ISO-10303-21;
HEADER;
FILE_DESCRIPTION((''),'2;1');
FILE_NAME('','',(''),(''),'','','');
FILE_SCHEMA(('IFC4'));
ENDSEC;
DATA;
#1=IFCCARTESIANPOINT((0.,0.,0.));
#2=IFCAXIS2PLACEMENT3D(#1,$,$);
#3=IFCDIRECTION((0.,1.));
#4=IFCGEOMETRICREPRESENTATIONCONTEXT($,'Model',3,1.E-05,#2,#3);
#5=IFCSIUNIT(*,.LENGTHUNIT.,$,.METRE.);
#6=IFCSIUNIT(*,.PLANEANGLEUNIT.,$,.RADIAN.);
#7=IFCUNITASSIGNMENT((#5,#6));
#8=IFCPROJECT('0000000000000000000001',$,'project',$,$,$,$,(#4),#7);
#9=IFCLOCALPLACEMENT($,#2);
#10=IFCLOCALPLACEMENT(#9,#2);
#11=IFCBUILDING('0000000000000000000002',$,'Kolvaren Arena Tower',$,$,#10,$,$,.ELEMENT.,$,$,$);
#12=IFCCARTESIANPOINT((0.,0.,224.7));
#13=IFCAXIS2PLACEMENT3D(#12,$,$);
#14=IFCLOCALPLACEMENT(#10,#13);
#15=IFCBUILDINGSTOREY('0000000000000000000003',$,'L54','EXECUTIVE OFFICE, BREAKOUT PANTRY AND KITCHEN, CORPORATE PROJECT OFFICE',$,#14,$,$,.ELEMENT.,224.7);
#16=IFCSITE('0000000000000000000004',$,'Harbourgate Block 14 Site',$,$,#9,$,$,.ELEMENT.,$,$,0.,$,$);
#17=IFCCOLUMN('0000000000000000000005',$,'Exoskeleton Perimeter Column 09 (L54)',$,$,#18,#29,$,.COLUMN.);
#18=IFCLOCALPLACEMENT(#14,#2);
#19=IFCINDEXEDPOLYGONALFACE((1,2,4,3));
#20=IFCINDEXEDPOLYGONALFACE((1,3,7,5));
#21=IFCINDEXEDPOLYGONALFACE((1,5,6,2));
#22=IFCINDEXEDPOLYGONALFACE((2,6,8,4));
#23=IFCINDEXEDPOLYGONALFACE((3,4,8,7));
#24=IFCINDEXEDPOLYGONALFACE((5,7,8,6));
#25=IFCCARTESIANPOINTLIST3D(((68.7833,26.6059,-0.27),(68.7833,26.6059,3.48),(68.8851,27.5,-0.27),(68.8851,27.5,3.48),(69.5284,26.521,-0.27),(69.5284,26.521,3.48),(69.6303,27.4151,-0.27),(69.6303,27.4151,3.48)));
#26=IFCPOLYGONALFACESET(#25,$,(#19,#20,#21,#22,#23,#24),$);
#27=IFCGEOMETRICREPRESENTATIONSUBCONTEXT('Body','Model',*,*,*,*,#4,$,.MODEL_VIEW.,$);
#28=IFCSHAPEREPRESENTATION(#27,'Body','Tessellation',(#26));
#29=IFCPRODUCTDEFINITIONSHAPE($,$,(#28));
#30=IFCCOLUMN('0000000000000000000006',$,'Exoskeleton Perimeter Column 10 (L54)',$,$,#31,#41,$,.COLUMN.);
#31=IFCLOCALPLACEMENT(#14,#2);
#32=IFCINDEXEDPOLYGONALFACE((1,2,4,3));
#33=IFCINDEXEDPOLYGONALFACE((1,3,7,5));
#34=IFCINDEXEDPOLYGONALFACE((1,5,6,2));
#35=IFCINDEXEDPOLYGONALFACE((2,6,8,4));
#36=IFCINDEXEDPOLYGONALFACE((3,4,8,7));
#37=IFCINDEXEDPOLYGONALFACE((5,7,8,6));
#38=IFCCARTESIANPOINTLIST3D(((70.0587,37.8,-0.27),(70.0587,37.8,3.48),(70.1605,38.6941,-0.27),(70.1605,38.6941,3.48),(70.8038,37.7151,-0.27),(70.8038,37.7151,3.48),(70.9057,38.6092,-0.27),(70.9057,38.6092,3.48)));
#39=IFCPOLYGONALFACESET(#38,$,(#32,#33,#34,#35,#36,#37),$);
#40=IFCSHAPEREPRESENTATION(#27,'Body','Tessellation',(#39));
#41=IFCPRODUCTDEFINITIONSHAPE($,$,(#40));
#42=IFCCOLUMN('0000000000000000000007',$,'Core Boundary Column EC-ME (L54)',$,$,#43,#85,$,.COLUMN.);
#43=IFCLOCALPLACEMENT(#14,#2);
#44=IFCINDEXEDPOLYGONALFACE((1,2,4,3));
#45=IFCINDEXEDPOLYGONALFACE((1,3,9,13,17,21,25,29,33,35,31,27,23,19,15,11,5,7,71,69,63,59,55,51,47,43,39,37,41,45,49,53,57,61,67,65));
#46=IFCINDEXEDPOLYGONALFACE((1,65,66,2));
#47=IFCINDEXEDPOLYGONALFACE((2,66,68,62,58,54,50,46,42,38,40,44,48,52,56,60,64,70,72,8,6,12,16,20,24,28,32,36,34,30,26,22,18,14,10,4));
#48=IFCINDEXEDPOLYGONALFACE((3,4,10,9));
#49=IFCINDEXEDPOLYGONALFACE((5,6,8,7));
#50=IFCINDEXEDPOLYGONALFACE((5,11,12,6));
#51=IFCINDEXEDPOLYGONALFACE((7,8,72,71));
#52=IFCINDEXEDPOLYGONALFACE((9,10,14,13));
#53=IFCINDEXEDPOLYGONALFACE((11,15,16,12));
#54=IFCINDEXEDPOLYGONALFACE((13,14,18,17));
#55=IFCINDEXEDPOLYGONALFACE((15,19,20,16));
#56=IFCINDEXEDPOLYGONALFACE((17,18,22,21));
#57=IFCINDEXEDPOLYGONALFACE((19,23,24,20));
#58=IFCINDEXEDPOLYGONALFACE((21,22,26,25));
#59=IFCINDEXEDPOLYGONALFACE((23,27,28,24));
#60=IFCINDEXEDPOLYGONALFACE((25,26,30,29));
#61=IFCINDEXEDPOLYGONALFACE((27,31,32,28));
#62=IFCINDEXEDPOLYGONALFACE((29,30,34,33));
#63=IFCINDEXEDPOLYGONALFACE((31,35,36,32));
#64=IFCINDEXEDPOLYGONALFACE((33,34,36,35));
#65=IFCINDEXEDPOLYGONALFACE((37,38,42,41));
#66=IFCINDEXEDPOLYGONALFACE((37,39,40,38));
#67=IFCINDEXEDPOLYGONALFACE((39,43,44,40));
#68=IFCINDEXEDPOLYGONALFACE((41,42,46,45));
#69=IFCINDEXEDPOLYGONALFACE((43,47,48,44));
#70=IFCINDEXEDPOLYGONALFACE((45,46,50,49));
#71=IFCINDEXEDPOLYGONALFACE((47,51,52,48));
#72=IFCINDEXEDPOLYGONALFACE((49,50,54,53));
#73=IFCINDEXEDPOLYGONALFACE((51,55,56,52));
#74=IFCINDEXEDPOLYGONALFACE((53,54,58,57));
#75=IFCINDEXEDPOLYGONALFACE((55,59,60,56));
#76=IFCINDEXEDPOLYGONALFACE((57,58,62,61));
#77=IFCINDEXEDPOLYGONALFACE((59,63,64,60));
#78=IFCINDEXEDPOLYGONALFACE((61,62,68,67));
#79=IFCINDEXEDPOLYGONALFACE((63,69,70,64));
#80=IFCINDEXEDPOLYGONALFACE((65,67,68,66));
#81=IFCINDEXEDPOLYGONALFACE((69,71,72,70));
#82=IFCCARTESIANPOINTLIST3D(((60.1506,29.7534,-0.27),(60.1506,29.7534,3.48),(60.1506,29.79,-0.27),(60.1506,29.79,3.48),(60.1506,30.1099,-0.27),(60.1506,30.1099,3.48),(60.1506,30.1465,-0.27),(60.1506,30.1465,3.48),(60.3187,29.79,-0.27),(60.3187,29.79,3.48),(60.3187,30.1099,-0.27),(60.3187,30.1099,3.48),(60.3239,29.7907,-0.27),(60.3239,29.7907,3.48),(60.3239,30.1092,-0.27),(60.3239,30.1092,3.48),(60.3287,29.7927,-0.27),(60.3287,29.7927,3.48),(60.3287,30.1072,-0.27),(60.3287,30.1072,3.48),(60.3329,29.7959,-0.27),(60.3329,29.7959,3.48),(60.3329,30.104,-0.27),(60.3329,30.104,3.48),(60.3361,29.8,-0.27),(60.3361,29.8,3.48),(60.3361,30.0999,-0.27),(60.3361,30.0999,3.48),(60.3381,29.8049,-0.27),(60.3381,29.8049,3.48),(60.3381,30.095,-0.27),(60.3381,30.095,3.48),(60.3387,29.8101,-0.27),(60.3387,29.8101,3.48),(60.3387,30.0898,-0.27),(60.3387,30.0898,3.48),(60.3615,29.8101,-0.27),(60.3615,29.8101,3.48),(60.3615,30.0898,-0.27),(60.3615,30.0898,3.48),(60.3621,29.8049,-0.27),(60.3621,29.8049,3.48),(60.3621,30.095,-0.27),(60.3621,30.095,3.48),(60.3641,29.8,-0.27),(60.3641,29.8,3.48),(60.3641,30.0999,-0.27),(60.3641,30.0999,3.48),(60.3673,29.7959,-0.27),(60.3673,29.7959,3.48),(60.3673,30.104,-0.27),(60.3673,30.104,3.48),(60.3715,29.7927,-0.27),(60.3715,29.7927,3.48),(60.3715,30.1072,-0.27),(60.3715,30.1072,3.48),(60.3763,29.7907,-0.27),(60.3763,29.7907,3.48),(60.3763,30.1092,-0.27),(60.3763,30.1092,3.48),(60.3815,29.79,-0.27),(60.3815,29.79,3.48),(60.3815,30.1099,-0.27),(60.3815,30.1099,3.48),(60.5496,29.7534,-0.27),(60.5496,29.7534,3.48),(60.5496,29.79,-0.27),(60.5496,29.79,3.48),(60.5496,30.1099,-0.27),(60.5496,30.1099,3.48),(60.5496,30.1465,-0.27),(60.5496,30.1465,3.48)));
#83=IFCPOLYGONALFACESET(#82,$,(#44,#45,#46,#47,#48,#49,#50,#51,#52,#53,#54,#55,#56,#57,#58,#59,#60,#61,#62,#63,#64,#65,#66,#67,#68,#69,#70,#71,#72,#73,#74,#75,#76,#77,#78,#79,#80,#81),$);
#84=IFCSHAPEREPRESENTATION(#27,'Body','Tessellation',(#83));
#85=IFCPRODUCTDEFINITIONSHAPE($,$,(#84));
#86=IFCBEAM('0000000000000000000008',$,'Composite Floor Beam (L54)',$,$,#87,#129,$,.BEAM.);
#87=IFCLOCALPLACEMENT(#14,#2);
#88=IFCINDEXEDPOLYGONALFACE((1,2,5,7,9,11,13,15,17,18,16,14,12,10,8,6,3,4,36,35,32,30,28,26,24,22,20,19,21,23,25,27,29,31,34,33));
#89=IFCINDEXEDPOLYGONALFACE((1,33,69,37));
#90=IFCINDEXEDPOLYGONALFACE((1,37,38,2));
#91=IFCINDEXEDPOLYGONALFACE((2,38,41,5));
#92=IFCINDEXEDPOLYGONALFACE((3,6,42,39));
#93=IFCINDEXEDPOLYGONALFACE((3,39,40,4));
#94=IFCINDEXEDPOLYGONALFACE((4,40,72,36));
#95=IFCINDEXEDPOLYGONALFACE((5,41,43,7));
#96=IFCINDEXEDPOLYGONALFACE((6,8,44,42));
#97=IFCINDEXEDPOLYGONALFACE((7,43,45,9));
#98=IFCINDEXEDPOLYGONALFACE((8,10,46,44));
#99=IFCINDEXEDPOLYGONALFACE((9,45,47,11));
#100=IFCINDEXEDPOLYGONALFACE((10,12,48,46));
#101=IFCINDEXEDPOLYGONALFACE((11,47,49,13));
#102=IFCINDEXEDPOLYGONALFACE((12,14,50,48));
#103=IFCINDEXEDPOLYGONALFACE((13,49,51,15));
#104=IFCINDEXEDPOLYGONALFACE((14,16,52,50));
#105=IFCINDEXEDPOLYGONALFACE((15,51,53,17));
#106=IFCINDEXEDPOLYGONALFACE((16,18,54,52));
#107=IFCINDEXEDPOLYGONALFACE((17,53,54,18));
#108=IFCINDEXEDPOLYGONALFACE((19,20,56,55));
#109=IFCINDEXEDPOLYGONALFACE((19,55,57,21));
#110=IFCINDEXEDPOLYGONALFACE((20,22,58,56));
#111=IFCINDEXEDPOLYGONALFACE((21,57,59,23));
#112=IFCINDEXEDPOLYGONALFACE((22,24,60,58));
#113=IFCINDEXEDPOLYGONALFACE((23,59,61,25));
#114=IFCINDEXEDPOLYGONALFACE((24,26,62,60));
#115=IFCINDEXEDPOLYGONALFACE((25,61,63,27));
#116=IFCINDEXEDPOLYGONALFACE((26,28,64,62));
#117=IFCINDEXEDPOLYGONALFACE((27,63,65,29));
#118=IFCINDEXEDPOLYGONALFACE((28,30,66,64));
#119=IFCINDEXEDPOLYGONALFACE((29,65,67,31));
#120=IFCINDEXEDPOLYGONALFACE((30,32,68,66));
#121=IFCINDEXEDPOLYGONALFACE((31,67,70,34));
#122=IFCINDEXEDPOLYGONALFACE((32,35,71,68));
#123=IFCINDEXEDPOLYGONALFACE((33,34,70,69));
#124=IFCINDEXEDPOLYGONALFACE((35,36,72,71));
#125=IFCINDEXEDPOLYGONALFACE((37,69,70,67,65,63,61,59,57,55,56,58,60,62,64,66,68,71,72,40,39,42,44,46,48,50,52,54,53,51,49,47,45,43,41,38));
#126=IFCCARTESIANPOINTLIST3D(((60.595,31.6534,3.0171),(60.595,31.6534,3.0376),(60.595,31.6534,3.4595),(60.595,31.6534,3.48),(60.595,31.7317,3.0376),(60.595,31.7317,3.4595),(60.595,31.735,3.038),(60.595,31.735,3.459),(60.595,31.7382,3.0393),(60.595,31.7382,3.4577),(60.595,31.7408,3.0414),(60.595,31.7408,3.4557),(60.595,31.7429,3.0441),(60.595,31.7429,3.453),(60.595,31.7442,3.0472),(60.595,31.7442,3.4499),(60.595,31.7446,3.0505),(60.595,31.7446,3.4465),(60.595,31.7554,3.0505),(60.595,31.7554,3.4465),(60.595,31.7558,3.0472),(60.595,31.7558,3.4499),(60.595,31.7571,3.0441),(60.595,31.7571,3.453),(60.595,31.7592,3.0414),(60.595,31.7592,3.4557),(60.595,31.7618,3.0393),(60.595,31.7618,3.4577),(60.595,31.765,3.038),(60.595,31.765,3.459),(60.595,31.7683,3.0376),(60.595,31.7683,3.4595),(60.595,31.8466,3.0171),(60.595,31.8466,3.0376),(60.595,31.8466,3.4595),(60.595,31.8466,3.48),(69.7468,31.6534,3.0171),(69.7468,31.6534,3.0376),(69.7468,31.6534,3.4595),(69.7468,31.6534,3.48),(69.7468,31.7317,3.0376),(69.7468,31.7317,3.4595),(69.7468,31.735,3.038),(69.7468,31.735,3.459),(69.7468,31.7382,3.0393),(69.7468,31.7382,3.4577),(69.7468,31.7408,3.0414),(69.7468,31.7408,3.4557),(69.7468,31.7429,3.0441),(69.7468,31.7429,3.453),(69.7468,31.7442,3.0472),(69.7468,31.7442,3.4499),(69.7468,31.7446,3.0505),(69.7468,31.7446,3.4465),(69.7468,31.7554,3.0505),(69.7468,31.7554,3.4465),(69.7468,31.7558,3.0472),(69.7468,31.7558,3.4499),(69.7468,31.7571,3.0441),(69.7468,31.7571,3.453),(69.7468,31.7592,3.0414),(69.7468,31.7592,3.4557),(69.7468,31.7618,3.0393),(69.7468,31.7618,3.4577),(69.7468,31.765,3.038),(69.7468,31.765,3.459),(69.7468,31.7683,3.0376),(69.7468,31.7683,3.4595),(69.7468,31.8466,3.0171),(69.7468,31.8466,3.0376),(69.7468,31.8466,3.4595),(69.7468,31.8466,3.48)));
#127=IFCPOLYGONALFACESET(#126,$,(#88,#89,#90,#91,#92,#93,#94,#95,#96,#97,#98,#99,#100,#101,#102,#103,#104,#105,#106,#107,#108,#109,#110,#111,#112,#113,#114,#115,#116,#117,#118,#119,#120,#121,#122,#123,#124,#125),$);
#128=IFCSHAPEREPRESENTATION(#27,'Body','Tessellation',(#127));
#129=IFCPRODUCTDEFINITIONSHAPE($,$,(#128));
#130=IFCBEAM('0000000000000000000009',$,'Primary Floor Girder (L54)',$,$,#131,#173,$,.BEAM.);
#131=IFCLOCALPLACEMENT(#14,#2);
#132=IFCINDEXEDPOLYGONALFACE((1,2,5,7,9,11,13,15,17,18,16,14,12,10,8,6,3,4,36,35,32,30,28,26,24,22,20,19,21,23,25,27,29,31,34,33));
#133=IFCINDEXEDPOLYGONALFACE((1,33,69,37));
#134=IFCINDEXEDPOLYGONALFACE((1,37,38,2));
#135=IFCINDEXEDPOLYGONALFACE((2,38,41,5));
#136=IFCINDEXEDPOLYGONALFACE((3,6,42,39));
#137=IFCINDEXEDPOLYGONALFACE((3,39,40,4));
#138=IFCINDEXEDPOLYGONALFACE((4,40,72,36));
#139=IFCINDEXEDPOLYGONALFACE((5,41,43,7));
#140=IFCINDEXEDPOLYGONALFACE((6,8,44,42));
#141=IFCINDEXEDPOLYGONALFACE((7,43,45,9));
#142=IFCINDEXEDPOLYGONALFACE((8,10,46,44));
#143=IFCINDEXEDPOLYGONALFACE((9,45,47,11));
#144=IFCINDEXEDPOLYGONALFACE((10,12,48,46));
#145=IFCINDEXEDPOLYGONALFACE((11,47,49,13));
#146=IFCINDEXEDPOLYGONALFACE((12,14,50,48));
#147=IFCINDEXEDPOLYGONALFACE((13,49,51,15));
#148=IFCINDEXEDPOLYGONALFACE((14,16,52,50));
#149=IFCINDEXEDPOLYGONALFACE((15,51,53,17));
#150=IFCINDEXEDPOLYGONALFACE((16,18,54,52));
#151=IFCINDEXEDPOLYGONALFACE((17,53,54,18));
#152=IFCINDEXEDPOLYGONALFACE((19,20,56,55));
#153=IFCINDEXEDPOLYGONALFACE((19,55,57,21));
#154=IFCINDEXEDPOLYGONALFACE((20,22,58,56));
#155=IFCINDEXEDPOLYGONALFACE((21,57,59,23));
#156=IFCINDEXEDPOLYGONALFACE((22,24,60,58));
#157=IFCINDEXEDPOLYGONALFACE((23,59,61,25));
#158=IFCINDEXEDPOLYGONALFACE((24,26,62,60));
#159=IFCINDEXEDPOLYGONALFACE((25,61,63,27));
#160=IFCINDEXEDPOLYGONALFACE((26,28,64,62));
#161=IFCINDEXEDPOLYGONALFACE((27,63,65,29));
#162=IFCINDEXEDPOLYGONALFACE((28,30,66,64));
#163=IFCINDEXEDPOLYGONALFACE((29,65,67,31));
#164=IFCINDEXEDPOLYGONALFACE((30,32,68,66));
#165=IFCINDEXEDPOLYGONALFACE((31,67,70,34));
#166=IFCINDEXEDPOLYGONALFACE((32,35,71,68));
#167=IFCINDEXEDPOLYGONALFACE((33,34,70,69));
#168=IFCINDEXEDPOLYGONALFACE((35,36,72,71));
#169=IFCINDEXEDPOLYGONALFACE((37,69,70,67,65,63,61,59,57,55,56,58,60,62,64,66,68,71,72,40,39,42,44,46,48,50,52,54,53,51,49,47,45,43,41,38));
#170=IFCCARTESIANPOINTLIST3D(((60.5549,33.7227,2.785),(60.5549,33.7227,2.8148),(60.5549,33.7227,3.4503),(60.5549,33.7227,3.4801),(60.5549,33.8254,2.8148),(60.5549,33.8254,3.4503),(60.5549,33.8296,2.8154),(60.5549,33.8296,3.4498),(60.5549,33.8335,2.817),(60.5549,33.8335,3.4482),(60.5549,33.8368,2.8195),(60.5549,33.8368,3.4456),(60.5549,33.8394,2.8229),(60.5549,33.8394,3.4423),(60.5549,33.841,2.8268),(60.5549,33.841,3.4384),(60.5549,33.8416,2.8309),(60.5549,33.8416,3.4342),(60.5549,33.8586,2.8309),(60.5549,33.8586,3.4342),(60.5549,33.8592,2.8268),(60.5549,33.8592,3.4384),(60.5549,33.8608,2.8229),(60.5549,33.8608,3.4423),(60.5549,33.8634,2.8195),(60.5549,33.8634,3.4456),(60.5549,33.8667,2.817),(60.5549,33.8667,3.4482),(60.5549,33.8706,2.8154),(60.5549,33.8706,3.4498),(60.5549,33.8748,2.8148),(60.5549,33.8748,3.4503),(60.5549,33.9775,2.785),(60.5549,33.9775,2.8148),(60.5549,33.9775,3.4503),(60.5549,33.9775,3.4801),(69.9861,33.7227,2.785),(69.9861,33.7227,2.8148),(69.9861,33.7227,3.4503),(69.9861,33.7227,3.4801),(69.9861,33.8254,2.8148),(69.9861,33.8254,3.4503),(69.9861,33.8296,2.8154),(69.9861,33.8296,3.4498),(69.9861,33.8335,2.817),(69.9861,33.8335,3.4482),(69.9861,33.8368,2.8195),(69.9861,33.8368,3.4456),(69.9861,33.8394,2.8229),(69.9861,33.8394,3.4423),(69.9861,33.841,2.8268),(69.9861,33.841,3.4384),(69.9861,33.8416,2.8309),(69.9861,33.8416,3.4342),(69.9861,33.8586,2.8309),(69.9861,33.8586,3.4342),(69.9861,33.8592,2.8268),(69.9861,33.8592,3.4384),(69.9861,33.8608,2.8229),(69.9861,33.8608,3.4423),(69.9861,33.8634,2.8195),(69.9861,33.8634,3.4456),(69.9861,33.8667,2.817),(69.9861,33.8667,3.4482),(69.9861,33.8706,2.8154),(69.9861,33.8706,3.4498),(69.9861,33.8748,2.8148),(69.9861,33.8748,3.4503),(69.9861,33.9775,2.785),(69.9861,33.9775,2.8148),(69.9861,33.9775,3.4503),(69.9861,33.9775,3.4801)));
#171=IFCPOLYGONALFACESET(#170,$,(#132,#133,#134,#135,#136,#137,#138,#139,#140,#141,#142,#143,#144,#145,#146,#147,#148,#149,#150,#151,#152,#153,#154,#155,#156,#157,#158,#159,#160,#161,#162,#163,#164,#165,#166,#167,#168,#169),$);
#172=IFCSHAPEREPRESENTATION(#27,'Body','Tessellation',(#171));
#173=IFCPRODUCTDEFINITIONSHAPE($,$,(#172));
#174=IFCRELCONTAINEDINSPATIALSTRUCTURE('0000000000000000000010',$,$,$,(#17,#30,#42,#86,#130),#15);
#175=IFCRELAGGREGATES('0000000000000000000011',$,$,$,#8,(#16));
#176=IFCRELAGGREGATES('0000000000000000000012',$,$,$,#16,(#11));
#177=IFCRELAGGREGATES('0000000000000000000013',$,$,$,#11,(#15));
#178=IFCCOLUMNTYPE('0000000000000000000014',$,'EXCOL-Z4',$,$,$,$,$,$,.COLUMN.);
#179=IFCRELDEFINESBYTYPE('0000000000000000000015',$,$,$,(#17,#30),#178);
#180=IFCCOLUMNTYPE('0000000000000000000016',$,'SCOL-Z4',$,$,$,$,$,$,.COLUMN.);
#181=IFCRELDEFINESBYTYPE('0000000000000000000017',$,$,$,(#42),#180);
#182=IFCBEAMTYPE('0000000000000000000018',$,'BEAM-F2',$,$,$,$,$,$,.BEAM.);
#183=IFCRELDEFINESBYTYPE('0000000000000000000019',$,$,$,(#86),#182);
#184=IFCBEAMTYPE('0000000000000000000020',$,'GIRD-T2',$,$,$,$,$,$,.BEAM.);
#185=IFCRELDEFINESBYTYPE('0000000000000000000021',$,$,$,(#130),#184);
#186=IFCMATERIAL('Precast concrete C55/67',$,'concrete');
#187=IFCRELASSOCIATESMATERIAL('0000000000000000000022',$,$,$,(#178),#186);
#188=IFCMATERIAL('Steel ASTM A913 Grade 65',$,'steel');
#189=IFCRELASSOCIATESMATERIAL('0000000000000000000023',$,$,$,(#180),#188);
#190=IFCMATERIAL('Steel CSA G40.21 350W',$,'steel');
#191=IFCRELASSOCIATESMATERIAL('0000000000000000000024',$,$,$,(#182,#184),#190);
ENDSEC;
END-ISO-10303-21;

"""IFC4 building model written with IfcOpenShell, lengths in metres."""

from ifc_helpers import new_model, si_unit, direction, frame, origin, origin_2d, place, context, subcontext, project, spatial, rectangle, i_section, extrude, material, material_profile, profile_set, type_object, element, save


model = new_model("IFC4")

# Units and contexts
model_context = context("Model", 3, precision=1e-05, world=origin(), true_north=direction((0.0, 1.0)))
body_context = subcontext(model_context, "Body", "Model", "MODEL_VIEW")
ifc_project = project(units=[si_unit("LENGTHUNIT", "METRE"), si_unit("PLANEANGLEUNIT", "RADIAN")], contexts=[model_context])

# Site, building, storey
site_placement = place(None, origin())
site = spatial("IfcSite", under=ifc_project, at=site_placement, Name="Harbourgate Block 14 Site", CompositionType="ELEMENT", RefElevation=0.0)
building_placement = place(site_placement, origin())
building = spatial("IfcBuilding", under=site, at=building_placement, Name="Kolvaren Arena Tower", CompositionType="ELEMENT")
storey_placement = place(building_placement, frame((0.0, 0.0, 224.7)))
storey = spatial("IfcBuildingStorey", under=building, at=storey_placement, Name="L54", Description="EXECUTIVE OFFICE, BREAKOUT PANTRY AND KITCHEN, CORPORATE PROJECT OFFICE", CompositionType="ELEMENT", Elevation=224.7)

# Columns
ifc_material_1 = material(Name="Precast concrete C55/67", Category="concrete")
ifc_material_profile_1 = material_profile(ifc_material_1, rectangle(XDim=0.8999, YDim=0.75, at=origin_2d()), Name="RC-900x750")
ifc_profile_set_1 = profile_set([ifc_material_profile_1], Name="Precast concrete C55/67")
column_type_1 = type_object("IfcColumnType", Name="EXCOL-Z4", PredefinedType="COLUMN", material=ifc_profile_set_1)
for number, where, z_axis, x_axis, name in (
    (1, (69.2068, 27.0105, -0.27), (0.0, 0.0, 1.0), (0.113203, 0.993572, 0.0), "Exoskeleton Perimeter Column 09 (L54)"),
    (2, (70.4822, 38.2046, -0.27), (0.0, 0.0, 1.0), (0.113203, 0.993572, 0.0), "Exoskeleton Perimeter Column 10 (L54)"),
):
    element("IfcColumn", number, at=place(storey_placement, frame(where, z_axis=z_axis, x_axis=x_axis)), inside=storey, type_object=column_type_1, Name=name, PredefinedType="COLUMN", context=body_context, shape_type="SweptSolid", body=[
        extrude(rectangle(XDim=0.8999, YDim=0.75, at=origin_2d()), origin(), (0.0, 0.0, 1.0), 3.75),
    ])
ifc_material_2 = material(Name="Steel ASTM A913 Grade 65", Category="steel")
ifc_material_profile_2 = material_profile(ifc_material_2, i_section(OverallWidth=0.3989, OverallDepth=0.3931, WebThickness=0.0227, FlangeThickness=0.0366, FilletRadius=0.02, at=origin_2d()), Name="W360x287")
ifc_profile_set_2 = profile_set([ifc_material_profile_2], Name="Steel ASTM A913 Grade 65")
column_type_2 = type_object("IfcColumnType", Name="SCOL-Z4", PredefinedType="COLUMN", material=ifc_profile_set_2)
column_placement = place(storey_placement, frame((60.3501, 29.95, -0.27), z_axis=(0.0, 0.0, 1.0), x_axis=(1.0, 0.0, 0.0)))
element("IfcColumn", 3, at=column_placement, inside=storey, type_object=column_type_2, Name="Core Boundary Column EC-ME (L54)", PredefinedType="COLUMN", context=body_context, shape_type="SweptSolid", body=[
    extrude(i_section(OverallWidth=0.3989, OverallDepth=0.3931, WebThickness=0.0227, FlangeThickness=0.0366, FilletRadius=0.02, at=origin_2d()), origin(), (0.0, 0.0, 1.0), 3.75),
])

# Beams
ifc_material_3 = material(Name="Steel CSA G40.21 350W", Category="steel")
ifc_material_profile_3 = material_profile(ifc_material_3, i_section(OverallWidth=0.1931, OverallDepth=0.4629, WebThickness=0.0107, FlangeThickness=0.0205, FilletRadius=0.0129, at=origin_2d()), Name="W460x113")
ifc_profile_set_3 = profile_set([ifc_material_profile_3], Name="Steel CSA G40.21 350W")
beam_type_1 = type_object("IfcBeamType", Name="BEAM-F2", PredefinedType="BEAM", material=ifc_profile_set_3)
beam_1_placement = place(storey_placement, frame((60.595, 31.75, 3.2485), z_axis=(1.0, 0.0, 0.0), x_axis=(0.0, 1.0, 0.0)))
element("IfcBeam", 4, at=beam_1_placement, inside=storey, type_object=beam_type_1, Name="Composite Floor Beam (L54)", PredefinedType="BEAM", context=body_context, shape_type="SweptSolid", body=[
    extrude(i_section(OverallWidth=0.1931, OverallDepth=0.4629, WebThickness=0.0107, FlangeThickness=0.0205, FilletRadius=0.0129, at=origin_2d()), origin(), (0.0, 0.0, 1.0), 9.1519),
])
ifc_material_profile_4 = material_profile(ifc_material_3, i_section(OverallWidth=0.2549, OverallDepth=0.6951, WebThickness=0.0171, FlangeThickness=0.0298, FilletRadius=0.0161, at=origin_2d()), Name="W690x217")
ifc_profile_set_4 = profile_set([ifc_material_profile_4], Name="Steel CSA G40.21 350W")
beam_type_2 = type_object("IfcBeamType", Name="GIRD-T2", PredefinedType="BEAM", material=ifc_profile_set_4)
beam_2_placement = place(storey_placement, frame((60.5549, 33.8501, 3.1326), z_axis=(1.0, 0.0, 0.0), x_axis=(0.0, 1.0, 0.0)))
element("IfcBeam", 5, at=beam_2_placement, inside=storey, type_object=beam_type_2, Name="Primary Floor Girder (L54)", PredefinedType="BEAM", context=body_context, shape_type="SweptSolid", body=[
    extrude(i_section(OverallWidth=0.2549, OverallDepth=0.6951, WebThickness=0.0171, FlangeThickness=0.0298, FilletRadius=0.0161, at=origin_2d()), origin(), (0.0, 0.0, 1.0), 9.4312),
])

save(model, "model.ifc")
